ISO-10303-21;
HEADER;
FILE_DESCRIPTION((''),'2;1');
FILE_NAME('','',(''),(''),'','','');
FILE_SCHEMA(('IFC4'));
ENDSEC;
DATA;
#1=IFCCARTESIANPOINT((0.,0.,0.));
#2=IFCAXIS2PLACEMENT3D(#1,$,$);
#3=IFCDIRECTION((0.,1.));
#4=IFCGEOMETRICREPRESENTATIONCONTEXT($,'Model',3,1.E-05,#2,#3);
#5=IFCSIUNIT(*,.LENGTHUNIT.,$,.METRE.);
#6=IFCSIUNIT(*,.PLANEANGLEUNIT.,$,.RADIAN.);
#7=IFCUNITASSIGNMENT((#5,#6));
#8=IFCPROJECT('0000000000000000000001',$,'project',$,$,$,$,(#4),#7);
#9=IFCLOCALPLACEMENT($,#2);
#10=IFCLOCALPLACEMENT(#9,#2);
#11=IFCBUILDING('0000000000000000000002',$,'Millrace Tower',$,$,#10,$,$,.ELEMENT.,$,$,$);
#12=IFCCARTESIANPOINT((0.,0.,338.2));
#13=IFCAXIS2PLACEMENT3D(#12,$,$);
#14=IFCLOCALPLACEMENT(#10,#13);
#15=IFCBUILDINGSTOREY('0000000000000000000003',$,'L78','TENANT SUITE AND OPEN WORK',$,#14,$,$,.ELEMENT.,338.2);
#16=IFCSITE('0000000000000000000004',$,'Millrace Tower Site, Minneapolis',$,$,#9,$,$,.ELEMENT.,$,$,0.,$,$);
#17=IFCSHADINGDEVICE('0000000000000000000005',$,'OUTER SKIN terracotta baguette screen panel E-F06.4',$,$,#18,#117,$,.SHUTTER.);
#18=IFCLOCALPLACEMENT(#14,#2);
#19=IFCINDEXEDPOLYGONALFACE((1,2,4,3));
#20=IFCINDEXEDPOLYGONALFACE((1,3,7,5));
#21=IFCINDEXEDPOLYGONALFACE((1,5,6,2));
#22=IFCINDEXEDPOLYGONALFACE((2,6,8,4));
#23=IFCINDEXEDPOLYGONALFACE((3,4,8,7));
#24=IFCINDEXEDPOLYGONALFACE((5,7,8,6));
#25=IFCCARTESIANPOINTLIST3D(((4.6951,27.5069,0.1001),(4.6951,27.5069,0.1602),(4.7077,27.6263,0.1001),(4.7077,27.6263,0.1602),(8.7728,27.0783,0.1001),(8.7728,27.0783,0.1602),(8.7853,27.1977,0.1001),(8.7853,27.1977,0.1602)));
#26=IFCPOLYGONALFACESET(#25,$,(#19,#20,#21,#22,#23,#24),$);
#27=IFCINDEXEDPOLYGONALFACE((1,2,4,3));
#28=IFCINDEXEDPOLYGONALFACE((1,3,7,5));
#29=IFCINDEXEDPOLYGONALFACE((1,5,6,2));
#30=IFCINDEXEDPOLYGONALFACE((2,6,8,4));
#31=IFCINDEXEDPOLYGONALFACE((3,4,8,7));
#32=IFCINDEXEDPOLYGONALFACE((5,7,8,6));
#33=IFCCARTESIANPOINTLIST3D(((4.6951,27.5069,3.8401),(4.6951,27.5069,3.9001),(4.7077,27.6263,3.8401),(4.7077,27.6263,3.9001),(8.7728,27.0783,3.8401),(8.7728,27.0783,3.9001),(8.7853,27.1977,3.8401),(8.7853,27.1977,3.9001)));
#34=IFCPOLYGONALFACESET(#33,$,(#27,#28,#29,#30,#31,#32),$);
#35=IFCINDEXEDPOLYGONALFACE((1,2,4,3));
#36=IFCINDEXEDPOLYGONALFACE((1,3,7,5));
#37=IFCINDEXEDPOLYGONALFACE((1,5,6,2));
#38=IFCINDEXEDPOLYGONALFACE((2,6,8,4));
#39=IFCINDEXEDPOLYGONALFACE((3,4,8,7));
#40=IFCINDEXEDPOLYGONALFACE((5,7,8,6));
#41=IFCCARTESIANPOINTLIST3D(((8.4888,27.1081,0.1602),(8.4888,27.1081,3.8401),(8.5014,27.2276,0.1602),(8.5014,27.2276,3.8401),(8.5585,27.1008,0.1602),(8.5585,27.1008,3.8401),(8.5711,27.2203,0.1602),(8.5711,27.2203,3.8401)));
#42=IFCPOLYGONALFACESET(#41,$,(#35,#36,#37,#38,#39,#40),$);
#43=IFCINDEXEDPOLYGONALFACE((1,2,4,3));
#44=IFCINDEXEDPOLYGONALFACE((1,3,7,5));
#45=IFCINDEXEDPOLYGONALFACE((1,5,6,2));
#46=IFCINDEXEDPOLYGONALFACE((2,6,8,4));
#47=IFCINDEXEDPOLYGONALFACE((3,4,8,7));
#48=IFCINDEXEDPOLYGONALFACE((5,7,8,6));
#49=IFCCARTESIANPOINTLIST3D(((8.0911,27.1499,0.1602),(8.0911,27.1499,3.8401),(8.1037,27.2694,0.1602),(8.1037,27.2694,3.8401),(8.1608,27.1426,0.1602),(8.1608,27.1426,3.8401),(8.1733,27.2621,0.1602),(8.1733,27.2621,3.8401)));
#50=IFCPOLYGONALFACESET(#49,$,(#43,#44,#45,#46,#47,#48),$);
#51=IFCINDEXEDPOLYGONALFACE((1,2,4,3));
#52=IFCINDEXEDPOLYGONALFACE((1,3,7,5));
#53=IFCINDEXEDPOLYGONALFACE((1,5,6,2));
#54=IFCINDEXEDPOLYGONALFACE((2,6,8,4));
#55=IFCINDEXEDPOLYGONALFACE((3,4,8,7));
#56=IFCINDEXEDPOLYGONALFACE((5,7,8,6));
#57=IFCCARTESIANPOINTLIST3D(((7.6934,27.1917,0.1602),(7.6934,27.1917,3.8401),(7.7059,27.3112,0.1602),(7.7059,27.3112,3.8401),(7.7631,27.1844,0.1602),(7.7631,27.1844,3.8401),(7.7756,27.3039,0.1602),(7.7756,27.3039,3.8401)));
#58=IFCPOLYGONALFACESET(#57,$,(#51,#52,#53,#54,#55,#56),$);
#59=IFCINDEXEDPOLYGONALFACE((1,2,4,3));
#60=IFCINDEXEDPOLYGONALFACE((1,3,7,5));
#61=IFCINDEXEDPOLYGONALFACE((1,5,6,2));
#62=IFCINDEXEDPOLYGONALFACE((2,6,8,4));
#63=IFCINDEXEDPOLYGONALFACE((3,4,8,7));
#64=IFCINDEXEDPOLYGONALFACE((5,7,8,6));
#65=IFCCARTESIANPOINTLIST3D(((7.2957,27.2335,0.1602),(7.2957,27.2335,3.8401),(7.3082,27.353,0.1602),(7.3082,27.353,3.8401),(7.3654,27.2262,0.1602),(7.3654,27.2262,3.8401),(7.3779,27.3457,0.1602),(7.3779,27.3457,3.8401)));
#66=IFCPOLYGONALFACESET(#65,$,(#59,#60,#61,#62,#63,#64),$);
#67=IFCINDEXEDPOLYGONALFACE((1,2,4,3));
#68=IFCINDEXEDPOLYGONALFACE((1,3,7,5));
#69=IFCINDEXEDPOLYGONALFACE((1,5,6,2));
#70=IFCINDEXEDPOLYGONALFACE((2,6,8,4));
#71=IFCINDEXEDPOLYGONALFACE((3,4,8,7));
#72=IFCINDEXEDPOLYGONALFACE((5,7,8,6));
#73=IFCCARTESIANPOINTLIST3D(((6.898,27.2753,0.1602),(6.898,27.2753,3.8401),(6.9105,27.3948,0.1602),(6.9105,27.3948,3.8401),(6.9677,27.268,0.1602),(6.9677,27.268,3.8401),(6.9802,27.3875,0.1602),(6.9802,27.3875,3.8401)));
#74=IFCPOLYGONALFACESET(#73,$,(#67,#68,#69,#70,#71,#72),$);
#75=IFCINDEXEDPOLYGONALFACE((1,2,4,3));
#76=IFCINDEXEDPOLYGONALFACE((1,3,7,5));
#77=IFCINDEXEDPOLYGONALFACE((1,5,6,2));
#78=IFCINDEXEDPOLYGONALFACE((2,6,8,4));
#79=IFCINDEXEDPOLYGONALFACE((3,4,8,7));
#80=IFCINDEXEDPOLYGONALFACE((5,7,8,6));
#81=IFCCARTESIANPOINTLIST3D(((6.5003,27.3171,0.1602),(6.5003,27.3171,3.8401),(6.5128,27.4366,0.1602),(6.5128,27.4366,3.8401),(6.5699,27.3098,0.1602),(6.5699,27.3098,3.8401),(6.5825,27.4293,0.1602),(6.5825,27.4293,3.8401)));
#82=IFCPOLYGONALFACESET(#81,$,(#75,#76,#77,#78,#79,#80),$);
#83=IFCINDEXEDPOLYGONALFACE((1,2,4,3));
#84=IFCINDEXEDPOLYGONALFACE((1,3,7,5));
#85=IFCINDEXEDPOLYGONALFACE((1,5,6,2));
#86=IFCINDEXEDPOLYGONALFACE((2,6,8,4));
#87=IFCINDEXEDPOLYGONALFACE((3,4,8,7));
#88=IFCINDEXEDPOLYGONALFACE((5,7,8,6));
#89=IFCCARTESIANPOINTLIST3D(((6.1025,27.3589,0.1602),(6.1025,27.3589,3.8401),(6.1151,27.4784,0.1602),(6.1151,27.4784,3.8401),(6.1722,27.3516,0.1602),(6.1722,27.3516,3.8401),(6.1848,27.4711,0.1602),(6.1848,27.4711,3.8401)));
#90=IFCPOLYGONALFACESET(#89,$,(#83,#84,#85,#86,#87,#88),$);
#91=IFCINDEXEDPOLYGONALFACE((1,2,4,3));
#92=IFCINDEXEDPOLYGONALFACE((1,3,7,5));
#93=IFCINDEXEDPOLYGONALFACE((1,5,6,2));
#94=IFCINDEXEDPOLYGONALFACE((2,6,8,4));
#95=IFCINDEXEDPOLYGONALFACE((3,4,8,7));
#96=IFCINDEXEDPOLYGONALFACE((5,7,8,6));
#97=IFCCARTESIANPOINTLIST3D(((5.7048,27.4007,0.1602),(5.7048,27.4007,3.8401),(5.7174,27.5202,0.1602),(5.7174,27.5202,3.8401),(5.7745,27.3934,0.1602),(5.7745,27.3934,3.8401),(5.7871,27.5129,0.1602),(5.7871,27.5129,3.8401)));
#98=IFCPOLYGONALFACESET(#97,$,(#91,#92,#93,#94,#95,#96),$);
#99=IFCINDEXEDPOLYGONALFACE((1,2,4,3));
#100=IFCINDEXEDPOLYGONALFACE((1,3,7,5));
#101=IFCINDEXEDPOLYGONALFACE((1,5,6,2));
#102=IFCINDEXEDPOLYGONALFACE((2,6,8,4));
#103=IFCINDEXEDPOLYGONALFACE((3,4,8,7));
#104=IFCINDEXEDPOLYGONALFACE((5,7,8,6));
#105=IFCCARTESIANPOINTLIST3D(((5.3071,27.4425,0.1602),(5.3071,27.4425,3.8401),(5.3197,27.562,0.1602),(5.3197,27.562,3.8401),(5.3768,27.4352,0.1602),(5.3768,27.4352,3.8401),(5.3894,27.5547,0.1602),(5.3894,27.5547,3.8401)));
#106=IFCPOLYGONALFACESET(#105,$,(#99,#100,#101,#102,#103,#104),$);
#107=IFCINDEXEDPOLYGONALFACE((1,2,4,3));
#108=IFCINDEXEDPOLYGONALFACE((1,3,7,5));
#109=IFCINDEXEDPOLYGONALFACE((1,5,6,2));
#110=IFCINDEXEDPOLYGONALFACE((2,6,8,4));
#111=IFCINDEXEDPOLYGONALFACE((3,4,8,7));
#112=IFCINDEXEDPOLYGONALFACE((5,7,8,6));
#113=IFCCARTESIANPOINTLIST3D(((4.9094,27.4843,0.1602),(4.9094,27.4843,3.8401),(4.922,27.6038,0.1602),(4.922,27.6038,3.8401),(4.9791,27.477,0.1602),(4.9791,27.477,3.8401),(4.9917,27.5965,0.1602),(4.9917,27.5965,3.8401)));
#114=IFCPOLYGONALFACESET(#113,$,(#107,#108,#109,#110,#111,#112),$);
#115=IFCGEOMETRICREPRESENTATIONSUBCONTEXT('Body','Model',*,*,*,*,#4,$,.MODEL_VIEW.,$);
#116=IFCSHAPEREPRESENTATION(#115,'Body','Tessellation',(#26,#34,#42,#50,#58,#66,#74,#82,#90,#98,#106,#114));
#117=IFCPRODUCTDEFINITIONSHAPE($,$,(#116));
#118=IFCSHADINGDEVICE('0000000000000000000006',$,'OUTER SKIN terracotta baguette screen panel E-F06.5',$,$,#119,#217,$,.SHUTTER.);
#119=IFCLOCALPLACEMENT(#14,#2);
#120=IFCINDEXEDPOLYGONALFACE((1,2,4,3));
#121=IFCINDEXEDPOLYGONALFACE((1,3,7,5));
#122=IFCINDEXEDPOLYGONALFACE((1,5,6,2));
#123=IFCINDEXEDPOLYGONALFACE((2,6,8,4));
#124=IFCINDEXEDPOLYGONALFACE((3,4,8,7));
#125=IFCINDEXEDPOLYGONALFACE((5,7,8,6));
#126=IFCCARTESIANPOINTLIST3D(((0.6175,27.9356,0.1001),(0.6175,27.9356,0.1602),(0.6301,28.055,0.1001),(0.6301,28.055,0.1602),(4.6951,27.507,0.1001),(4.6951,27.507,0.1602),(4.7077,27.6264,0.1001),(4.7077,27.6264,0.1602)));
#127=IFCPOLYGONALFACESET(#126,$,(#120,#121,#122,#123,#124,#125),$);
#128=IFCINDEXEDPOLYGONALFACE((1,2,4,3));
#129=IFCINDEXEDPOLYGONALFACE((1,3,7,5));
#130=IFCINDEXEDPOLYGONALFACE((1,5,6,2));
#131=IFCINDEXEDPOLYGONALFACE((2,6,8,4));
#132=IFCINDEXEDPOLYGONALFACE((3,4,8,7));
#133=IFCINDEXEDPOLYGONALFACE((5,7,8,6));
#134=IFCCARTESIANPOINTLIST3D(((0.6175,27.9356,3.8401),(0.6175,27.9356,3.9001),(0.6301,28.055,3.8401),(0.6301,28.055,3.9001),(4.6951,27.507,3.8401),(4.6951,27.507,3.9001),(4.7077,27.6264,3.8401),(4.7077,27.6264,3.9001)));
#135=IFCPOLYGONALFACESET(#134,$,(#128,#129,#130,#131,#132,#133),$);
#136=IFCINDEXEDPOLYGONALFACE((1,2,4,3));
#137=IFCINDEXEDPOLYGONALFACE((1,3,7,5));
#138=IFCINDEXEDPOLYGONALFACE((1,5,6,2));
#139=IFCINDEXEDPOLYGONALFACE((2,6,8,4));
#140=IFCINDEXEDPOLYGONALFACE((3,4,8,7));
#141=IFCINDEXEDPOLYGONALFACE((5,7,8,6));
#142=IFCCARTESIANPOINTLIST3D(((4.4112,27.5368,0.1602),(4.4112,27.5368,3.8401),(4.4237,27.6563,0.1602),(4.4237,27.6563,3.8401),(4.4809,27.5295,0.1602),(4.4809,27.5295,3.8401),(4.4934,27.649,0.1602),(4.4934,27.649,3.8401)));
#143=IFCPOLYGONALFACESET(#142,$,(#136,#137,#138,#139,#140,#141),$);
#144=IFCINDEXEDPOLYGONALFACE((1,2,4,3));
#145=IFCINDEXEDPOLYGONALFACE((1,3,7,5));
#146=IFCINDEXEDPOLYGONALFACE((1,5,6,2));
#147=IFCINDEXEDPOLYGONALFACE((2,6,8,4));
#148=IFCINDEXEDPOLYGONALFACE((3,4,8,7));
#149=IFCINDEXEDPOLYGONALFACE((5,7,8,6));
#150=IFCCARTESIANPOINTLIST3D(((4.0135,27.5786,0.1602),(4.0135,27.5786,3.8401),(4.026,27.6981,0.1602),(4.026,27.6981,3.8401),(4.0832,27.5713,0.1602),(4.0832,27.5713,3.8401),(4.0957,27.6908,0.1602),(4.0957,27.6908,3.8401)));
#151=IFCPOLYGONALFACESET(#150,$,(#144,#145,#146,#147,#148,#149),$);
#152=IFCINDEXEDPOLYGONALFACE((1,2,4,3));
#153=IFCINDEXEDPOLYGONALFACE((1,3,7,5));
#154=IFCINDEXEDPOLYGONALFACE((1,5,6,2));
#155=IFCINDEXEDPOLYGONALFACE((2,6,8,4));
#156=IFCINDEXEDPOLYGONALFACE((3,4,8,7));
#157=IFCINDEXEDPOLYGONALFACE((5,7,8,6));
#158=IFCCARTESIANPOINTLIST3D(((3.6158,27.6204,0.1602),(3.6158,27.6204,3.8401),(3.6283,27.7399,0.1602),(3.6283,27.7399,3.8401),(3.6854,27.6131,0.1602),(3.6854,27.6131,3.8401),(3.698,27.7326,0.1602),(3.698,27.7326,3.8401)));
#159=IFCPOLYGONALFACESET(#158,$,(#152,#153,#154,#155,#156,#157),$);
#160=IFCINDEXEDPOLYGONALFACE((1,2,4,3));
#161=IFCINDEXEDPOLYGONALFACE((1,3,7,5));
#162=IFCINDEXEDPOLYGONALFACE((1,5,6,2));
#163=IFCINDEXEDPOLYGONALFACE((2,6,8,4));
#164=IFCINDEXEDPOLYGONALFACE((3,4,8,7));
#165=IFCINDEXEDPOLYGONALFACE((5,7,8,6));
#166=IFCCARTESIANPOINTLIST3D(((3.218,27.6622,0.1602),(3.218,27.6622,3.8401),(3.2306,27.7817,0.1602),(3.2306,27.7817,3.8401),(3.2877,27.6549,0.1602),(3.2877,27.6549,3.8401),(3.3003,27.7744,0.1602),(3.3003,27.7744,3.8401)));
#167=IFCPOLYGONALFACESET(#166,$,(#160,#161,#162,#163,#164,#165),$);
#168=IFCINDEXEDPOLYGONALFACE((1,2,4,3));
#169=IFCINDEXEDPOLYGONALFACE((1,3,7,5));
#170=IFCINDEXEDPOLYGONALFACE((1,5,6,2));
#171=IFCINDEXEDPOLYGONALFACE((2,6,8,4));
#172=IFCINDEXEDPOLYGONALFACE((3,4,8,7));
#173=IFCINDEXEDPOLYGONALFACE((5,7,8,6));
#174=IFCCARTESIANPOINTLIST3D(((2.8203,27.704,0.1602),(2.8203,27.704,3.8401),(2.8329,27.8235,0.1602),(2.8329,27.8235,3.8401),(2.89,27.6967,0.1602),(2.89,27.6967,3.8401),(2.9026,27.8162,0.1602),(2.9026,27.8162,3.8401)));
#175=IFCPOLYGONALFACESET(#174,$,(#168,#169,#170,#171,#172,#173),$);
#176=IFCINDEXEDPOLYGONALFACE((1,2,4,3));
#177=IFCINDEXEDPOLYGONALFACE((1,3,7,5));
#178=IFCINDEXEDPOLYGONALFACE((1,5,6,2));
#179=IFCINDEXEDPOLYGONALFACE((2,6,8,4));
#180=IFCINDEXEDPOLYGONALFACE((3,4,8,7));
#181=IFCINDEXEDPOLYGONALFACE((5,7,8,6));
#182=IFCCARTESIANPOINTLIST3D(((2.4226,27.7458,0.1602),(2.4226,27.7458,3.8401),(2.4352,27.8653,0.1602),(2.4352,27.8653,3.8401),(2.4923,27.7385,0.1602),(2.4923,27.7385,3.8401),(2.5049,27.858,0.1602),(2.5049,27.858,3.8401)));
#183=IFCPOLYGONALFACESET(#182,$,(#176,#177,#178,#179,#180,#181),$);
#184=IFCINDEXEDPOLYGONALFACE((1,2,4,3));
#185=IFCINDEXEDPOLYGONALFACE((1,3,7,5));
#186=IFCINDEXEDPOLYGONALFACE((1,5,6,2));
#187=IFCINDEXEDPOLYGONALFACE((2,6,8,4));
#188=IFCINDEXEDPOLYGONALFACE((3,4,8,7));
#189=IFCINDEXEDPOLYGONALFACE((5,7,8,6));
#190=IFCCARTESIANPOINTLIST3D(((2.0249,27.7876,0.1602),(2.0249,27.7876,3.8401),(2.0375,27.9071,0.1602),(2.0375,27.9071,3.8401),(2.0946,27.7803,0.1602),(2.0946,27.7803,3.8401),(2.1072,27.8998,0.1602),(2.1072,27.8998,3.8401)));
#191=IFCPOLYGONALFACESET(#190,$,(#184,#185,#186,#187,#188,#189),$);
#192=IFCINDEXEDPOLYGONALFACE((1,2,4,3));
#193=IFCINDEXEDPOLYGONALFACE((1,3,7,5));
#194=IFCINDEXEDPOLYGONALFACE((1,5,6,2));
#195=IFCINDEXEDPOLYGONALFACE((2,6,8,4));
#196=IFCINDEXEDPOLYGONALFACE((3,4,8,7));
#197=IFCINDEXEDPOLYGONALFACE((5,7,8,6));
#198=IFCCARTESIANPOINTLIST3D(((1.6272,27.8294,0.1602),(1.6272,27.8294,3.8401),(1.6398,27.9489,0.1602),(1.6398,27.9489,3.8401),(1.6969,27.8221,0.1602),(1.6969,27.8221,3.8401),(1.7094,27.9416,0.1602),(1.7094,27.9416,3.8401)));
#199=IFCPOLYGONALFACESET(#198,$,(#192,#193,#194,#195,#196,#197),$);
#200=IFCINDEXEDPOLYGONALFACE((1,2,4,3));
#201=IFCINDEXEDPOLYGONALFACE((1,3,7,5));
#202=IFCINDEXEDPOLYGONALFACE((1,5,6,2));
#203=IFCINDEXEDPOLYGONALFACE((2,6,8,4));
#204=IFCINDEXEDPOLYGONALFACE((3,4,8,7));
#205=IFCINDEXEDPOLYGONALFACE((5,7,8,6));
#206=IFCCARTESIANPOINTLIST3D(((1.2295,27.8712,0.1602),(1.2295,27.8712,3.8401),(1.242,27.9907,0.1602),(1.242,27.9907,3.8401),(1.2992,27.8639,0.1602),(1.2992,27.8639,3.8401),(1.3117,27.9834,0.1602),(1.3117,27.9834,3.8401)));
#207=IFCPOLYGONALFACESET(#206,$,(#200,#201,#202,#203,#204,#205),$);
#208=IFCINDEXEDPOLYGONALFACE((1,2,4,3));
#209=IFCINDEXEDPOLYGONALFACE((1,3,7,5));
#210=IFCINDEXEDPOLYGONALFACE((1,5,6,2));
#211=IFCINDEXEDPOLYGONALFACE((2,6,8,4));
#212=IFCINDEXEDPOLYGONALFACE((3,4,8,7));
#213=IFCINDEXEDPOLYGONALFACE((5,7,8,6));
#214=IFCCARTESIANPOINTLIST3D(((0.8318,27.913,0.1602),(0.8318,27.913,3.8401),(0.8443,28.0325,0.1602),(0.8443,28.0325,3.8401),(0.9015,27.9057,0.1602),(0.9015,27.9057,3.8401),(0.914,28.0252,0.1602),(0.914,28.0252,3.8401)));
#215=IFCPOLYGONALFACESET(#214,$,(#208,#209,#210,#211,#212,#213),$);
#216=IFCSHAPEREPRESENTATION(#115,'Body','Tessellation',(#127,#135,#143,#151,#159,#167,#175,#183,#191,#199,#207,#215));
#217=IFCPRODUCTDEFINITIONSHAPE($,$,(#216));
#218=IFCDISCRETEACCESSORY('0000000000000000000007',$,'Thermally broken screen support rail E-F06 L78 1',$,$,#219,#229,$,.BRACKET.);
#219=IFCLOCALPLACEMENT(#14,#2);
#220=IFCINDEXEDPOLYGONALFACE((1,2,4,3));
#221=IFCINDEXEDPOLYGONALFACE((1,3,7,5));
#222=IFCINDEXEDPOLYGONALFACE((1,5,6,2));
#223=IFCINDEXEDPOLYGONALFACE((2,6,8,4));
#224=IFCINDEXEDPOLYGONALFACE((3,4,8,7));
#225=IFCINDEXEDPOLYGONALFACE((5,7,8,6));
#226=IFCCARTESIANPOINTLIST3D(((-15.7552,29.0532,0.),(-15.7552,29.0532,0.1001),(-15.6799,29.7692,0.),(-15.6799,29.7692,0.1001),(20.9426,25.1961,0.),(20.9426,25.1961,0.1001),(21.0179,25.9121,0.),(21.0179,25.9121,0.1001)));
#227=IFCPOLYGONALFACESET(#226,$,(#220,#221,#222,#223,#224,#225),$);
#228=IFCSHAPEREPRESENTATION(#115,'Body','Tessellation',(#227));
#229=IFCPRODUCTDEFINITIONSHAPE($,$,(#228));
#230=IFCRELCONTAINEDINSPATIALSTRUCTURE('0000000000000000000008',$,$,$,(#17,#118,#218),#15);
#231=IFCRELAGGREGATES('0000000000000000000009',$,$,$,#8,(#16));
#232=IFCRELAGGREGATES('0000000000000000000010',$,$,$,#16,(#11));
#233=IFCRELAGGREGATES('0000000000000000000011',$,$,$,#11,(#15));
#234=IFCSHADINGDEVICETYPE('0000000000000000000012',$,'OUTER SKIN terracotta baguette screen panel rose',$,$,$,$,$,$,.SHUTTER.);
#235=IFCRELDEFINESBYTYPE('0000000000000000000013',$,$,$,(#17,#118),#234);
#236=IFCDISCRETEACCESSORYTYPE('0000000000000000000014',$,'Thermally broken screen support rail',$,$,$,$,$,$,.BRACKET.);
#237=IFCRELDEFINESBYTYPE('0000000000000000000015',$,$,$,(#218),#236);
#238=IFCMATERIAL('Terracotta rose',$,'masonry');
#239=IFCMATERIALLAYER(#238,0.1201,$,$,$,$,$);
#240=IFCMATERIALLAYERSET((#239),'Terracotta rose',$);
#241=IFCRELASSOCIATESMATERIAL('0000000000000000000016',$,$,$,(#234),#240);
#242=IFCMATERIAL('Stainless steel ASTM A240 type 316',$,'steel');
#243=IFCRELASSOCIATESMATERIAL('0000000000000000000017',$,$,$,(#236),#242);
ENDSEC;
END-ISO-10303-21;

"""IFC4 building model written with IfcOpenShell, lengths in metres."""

from ifc_helpers import new_model, entity, si_unit, direction, frame, frame_2d, origin, origin_2d, place, context, subcontext, project, spatial, rectangle, extrude, source, transform, mapped, material, layer, layer_set, type_object, element, save


model = new_model("IFC4")

# Units and contexts
model_context = context("Model", 3, precision=1e-05, world=origin(), true_north=direction((0.0, 1.0)))
body_context = subcontext(model_context, "Body", "Model", "MODEL_VIEW")
ifc_project = project(units=[si_unit("LENGTHUNIT", "METRE"), si_unit("PLANEANGLEUNIT", "RADIAN")], contexts=[model_context])

# Site, building, storey
site_placement = place(None, origin())
site = spatial("IfcSite", under=ifc_project, at=site_placement, Name="Millrace Tower Site, Minneapolis", CompositionType="ELEMENT", RefElevation=0.0)
building_placement = place(site_placement, origin())
building = spatial("IfcBuilding", under=site, at=building_placement, Name="Millrace Tower", CompositionType="ELEMENT")
storey_placement = place(building_placement, frame((0.0, 0.0, 338.2)))
storey = spatial("IfcBuildingStorey", under=building, at=storey_placement, Name="L78", Description="TENANT SUITE AND OPEN WORK", CompositionType="ELEMENT", Elevation=338.2)

# Shading devices
ifc_material_1 = material(Name="Terracotta rose", Category="masonry")
ifc_layer_1 = layer(ifc_material_1, 0.1201)
ifc_layer_set_1 = layer_set([ifc_layer_1], Name="Terracotta rose")
shading_device_type = type_object("IfcShadingDeviceType", Name="OUTER SKIN terracotta baguette screen panel rose", PredefinedType="SHUTTER", material=ifc_layer_set_1)
cartesian_point = entity("IfcCartesianPoint", [-2.05, 0.0601])
shared_polyline = entity("IfcPolyline", [cartesian_point, entity("IfcCartesianPoint", [2.05, 0.0601]), entity("IfcCartesianPoint", [2.05, -0.0601]), entity("IfcCartesianPoint", [-2.05, -0.0601]), cartesian_point])
shared_shape = source(origin(), body_context, "Body", "SweptSolid", [
    entity("IfcExtrudedAreaSolid", entity("IfcArbitraryClosedProfileDef", "AREA", None, shared_polyline), entity("IfcAxis2Placement3D", entity("IfcCartesianPoint", [0.0, 0.0, 0.0])), entity("IfcDirection", [0.0, 0.0, 1.0]), 0.0601),
    entity("IfcExtrudedAreaSolid", entity("IfcArbitraryClosedProfileDef", "AREA", None, shared_polyline), entity("IfcAxis2Placement3D", entity("IfcCartesianPoint", [0.0, 0.0, 3.74])), entity("IfcDirection", [0.0, 0.0, 1.0]), 0.0601),
    extrude(rectangle(XDim=0.0701, YDim=0.1201, at=frame_2d((-1.7996, 0.0))), frame((0.0, 0.0, 0.0601)), (0.0, 0.0, 1.0), 3.6799),
    extrude(rectangle(XDim=0.0701, YDim=0.1201, at=frame_2d((-1.3997, 0.0))), frame((0.0, 0.0, 0.0601)), (0.0, 0.0, 1.0), 3.6799),
    extrude(rectangle(XDim=0.0701, YDim=0.1201, at=frame_2d((-0.9998, 0.0))), frame((0.0, 0.0, 0.0601)), (0.0, 0.0, 1.0), 3.6799),
    extrude(rectangle(XDim=0.0701, YDim=0.1201, at=frame_2d((-0.5999, 0.0))), frame((0.0, 0.0, 0.0601)), (0.0, 0.0, 1.0), 3.6799),
    extrude(rectangle(XDim=0.0701, YDim=0.1201, at=frame_2d((-0.2, 0.0))), frame((0.0, 0.0, 0.0601)), (0.0, 0.0, 1.0), 3.6799),
    extrude(rectangle(XDim=0.0701, YDim=0.1201, at=frame_2d((0.2, 0.0))), frame((0.0, 0.0, 0.0601)), (0.0, 0.0, 1.0), 3.6799),
    extrude(rectangle(XDim=0.0701, YDim=0.1201, at=frame_2d((0.5999, 0.0))), frame((0.0, 0.0, 0.0601)), (0.0, 0.0, 1.0), 3.6799),
    extrude(rectangle(XDim=0.0701, YDim=0.1201, at=frame_2d((0.9998, 0.0))), frame((0.0, 0.0, 0.0601)), (0.0, 0.0, 1.0), 3.6799),
    extrude(rectangle(XDim=0.0701, YDim=0.1201, at=frame_2d((1.3997, 0.0))), frame((0.0, 0.0, 0.0601)), (0.0, 0.0, 1.0), 3.6799),
    extrude(rectangle(XDim=0.0701, YDim=0.1201, at=frame_2d((1.7996, 0.0))), frame((0.0, 0.0, 0.0601)), (0.0, 0.0, 1.0), 3.6799),
])
for number, where, z_axis, x_axis, name in (
    (1, (6.7402, 27.3523, 0.1001), (0.0, 0.0, 1.0), (-0.994522, 0.104528, 0.0), "OUTER SKIN terracotta baguette screen panel E-F06.4"),
    (2, (2.6626, 27.781, 0.1001), (0.0, 0.0, 1.0), (-0.994522, 0.104528, 0.0), "OUTER SKIN terracotta baguette screen panel E-F06.5"),
):
    element("IfcShadingDevice", number, at=place(storey_placement, frame(where, z_axis=z_axis, x_axis=x_axis)), inside=storey, type_object=shading_device_type, Name=name, PredefinedType="SHUTTER", context=body_context, shape_type="MappedRepresentation", body=[
        mapped(shared_shape, transform((0.0, 0.0, 0.0), scale=1.0)),
    ])

# Discrete accessory
ifc_material_2 = material(Name="Stainless steel ASTM A240 type 316", Category="steel")
discrete_accessory_type = type_object("IfcDiscreteAccessoryType", Name="Thermally broken screen support rail", PredefinedType="BRACKET", material=ifc_material_2)
discrete_accessory_placement = place(storey_placement, frame((2.6313, 27.4827, 0.0), z_axis=(0.0, 0.0, 1.0), x_axis=(-0.994522, 0.104528, 0.0)))
element("IfcDiscreteAccessory", 3, at=discrete_accessory_placement, inside=storey, type_object=discrete_accessory_type, Name="Thermally broken screen support rail E-F06 L78 1", PredefinedType="BRACKET", context=body_context, shape_type="SweptSolid", body=[
    extrude(rectangle(XDim=36.8999, YDim=0.72, at=origin_2d()), origin(), (0.0, 0.0, 1.0), 0.1001),
])

save(model, "model.ifc")
